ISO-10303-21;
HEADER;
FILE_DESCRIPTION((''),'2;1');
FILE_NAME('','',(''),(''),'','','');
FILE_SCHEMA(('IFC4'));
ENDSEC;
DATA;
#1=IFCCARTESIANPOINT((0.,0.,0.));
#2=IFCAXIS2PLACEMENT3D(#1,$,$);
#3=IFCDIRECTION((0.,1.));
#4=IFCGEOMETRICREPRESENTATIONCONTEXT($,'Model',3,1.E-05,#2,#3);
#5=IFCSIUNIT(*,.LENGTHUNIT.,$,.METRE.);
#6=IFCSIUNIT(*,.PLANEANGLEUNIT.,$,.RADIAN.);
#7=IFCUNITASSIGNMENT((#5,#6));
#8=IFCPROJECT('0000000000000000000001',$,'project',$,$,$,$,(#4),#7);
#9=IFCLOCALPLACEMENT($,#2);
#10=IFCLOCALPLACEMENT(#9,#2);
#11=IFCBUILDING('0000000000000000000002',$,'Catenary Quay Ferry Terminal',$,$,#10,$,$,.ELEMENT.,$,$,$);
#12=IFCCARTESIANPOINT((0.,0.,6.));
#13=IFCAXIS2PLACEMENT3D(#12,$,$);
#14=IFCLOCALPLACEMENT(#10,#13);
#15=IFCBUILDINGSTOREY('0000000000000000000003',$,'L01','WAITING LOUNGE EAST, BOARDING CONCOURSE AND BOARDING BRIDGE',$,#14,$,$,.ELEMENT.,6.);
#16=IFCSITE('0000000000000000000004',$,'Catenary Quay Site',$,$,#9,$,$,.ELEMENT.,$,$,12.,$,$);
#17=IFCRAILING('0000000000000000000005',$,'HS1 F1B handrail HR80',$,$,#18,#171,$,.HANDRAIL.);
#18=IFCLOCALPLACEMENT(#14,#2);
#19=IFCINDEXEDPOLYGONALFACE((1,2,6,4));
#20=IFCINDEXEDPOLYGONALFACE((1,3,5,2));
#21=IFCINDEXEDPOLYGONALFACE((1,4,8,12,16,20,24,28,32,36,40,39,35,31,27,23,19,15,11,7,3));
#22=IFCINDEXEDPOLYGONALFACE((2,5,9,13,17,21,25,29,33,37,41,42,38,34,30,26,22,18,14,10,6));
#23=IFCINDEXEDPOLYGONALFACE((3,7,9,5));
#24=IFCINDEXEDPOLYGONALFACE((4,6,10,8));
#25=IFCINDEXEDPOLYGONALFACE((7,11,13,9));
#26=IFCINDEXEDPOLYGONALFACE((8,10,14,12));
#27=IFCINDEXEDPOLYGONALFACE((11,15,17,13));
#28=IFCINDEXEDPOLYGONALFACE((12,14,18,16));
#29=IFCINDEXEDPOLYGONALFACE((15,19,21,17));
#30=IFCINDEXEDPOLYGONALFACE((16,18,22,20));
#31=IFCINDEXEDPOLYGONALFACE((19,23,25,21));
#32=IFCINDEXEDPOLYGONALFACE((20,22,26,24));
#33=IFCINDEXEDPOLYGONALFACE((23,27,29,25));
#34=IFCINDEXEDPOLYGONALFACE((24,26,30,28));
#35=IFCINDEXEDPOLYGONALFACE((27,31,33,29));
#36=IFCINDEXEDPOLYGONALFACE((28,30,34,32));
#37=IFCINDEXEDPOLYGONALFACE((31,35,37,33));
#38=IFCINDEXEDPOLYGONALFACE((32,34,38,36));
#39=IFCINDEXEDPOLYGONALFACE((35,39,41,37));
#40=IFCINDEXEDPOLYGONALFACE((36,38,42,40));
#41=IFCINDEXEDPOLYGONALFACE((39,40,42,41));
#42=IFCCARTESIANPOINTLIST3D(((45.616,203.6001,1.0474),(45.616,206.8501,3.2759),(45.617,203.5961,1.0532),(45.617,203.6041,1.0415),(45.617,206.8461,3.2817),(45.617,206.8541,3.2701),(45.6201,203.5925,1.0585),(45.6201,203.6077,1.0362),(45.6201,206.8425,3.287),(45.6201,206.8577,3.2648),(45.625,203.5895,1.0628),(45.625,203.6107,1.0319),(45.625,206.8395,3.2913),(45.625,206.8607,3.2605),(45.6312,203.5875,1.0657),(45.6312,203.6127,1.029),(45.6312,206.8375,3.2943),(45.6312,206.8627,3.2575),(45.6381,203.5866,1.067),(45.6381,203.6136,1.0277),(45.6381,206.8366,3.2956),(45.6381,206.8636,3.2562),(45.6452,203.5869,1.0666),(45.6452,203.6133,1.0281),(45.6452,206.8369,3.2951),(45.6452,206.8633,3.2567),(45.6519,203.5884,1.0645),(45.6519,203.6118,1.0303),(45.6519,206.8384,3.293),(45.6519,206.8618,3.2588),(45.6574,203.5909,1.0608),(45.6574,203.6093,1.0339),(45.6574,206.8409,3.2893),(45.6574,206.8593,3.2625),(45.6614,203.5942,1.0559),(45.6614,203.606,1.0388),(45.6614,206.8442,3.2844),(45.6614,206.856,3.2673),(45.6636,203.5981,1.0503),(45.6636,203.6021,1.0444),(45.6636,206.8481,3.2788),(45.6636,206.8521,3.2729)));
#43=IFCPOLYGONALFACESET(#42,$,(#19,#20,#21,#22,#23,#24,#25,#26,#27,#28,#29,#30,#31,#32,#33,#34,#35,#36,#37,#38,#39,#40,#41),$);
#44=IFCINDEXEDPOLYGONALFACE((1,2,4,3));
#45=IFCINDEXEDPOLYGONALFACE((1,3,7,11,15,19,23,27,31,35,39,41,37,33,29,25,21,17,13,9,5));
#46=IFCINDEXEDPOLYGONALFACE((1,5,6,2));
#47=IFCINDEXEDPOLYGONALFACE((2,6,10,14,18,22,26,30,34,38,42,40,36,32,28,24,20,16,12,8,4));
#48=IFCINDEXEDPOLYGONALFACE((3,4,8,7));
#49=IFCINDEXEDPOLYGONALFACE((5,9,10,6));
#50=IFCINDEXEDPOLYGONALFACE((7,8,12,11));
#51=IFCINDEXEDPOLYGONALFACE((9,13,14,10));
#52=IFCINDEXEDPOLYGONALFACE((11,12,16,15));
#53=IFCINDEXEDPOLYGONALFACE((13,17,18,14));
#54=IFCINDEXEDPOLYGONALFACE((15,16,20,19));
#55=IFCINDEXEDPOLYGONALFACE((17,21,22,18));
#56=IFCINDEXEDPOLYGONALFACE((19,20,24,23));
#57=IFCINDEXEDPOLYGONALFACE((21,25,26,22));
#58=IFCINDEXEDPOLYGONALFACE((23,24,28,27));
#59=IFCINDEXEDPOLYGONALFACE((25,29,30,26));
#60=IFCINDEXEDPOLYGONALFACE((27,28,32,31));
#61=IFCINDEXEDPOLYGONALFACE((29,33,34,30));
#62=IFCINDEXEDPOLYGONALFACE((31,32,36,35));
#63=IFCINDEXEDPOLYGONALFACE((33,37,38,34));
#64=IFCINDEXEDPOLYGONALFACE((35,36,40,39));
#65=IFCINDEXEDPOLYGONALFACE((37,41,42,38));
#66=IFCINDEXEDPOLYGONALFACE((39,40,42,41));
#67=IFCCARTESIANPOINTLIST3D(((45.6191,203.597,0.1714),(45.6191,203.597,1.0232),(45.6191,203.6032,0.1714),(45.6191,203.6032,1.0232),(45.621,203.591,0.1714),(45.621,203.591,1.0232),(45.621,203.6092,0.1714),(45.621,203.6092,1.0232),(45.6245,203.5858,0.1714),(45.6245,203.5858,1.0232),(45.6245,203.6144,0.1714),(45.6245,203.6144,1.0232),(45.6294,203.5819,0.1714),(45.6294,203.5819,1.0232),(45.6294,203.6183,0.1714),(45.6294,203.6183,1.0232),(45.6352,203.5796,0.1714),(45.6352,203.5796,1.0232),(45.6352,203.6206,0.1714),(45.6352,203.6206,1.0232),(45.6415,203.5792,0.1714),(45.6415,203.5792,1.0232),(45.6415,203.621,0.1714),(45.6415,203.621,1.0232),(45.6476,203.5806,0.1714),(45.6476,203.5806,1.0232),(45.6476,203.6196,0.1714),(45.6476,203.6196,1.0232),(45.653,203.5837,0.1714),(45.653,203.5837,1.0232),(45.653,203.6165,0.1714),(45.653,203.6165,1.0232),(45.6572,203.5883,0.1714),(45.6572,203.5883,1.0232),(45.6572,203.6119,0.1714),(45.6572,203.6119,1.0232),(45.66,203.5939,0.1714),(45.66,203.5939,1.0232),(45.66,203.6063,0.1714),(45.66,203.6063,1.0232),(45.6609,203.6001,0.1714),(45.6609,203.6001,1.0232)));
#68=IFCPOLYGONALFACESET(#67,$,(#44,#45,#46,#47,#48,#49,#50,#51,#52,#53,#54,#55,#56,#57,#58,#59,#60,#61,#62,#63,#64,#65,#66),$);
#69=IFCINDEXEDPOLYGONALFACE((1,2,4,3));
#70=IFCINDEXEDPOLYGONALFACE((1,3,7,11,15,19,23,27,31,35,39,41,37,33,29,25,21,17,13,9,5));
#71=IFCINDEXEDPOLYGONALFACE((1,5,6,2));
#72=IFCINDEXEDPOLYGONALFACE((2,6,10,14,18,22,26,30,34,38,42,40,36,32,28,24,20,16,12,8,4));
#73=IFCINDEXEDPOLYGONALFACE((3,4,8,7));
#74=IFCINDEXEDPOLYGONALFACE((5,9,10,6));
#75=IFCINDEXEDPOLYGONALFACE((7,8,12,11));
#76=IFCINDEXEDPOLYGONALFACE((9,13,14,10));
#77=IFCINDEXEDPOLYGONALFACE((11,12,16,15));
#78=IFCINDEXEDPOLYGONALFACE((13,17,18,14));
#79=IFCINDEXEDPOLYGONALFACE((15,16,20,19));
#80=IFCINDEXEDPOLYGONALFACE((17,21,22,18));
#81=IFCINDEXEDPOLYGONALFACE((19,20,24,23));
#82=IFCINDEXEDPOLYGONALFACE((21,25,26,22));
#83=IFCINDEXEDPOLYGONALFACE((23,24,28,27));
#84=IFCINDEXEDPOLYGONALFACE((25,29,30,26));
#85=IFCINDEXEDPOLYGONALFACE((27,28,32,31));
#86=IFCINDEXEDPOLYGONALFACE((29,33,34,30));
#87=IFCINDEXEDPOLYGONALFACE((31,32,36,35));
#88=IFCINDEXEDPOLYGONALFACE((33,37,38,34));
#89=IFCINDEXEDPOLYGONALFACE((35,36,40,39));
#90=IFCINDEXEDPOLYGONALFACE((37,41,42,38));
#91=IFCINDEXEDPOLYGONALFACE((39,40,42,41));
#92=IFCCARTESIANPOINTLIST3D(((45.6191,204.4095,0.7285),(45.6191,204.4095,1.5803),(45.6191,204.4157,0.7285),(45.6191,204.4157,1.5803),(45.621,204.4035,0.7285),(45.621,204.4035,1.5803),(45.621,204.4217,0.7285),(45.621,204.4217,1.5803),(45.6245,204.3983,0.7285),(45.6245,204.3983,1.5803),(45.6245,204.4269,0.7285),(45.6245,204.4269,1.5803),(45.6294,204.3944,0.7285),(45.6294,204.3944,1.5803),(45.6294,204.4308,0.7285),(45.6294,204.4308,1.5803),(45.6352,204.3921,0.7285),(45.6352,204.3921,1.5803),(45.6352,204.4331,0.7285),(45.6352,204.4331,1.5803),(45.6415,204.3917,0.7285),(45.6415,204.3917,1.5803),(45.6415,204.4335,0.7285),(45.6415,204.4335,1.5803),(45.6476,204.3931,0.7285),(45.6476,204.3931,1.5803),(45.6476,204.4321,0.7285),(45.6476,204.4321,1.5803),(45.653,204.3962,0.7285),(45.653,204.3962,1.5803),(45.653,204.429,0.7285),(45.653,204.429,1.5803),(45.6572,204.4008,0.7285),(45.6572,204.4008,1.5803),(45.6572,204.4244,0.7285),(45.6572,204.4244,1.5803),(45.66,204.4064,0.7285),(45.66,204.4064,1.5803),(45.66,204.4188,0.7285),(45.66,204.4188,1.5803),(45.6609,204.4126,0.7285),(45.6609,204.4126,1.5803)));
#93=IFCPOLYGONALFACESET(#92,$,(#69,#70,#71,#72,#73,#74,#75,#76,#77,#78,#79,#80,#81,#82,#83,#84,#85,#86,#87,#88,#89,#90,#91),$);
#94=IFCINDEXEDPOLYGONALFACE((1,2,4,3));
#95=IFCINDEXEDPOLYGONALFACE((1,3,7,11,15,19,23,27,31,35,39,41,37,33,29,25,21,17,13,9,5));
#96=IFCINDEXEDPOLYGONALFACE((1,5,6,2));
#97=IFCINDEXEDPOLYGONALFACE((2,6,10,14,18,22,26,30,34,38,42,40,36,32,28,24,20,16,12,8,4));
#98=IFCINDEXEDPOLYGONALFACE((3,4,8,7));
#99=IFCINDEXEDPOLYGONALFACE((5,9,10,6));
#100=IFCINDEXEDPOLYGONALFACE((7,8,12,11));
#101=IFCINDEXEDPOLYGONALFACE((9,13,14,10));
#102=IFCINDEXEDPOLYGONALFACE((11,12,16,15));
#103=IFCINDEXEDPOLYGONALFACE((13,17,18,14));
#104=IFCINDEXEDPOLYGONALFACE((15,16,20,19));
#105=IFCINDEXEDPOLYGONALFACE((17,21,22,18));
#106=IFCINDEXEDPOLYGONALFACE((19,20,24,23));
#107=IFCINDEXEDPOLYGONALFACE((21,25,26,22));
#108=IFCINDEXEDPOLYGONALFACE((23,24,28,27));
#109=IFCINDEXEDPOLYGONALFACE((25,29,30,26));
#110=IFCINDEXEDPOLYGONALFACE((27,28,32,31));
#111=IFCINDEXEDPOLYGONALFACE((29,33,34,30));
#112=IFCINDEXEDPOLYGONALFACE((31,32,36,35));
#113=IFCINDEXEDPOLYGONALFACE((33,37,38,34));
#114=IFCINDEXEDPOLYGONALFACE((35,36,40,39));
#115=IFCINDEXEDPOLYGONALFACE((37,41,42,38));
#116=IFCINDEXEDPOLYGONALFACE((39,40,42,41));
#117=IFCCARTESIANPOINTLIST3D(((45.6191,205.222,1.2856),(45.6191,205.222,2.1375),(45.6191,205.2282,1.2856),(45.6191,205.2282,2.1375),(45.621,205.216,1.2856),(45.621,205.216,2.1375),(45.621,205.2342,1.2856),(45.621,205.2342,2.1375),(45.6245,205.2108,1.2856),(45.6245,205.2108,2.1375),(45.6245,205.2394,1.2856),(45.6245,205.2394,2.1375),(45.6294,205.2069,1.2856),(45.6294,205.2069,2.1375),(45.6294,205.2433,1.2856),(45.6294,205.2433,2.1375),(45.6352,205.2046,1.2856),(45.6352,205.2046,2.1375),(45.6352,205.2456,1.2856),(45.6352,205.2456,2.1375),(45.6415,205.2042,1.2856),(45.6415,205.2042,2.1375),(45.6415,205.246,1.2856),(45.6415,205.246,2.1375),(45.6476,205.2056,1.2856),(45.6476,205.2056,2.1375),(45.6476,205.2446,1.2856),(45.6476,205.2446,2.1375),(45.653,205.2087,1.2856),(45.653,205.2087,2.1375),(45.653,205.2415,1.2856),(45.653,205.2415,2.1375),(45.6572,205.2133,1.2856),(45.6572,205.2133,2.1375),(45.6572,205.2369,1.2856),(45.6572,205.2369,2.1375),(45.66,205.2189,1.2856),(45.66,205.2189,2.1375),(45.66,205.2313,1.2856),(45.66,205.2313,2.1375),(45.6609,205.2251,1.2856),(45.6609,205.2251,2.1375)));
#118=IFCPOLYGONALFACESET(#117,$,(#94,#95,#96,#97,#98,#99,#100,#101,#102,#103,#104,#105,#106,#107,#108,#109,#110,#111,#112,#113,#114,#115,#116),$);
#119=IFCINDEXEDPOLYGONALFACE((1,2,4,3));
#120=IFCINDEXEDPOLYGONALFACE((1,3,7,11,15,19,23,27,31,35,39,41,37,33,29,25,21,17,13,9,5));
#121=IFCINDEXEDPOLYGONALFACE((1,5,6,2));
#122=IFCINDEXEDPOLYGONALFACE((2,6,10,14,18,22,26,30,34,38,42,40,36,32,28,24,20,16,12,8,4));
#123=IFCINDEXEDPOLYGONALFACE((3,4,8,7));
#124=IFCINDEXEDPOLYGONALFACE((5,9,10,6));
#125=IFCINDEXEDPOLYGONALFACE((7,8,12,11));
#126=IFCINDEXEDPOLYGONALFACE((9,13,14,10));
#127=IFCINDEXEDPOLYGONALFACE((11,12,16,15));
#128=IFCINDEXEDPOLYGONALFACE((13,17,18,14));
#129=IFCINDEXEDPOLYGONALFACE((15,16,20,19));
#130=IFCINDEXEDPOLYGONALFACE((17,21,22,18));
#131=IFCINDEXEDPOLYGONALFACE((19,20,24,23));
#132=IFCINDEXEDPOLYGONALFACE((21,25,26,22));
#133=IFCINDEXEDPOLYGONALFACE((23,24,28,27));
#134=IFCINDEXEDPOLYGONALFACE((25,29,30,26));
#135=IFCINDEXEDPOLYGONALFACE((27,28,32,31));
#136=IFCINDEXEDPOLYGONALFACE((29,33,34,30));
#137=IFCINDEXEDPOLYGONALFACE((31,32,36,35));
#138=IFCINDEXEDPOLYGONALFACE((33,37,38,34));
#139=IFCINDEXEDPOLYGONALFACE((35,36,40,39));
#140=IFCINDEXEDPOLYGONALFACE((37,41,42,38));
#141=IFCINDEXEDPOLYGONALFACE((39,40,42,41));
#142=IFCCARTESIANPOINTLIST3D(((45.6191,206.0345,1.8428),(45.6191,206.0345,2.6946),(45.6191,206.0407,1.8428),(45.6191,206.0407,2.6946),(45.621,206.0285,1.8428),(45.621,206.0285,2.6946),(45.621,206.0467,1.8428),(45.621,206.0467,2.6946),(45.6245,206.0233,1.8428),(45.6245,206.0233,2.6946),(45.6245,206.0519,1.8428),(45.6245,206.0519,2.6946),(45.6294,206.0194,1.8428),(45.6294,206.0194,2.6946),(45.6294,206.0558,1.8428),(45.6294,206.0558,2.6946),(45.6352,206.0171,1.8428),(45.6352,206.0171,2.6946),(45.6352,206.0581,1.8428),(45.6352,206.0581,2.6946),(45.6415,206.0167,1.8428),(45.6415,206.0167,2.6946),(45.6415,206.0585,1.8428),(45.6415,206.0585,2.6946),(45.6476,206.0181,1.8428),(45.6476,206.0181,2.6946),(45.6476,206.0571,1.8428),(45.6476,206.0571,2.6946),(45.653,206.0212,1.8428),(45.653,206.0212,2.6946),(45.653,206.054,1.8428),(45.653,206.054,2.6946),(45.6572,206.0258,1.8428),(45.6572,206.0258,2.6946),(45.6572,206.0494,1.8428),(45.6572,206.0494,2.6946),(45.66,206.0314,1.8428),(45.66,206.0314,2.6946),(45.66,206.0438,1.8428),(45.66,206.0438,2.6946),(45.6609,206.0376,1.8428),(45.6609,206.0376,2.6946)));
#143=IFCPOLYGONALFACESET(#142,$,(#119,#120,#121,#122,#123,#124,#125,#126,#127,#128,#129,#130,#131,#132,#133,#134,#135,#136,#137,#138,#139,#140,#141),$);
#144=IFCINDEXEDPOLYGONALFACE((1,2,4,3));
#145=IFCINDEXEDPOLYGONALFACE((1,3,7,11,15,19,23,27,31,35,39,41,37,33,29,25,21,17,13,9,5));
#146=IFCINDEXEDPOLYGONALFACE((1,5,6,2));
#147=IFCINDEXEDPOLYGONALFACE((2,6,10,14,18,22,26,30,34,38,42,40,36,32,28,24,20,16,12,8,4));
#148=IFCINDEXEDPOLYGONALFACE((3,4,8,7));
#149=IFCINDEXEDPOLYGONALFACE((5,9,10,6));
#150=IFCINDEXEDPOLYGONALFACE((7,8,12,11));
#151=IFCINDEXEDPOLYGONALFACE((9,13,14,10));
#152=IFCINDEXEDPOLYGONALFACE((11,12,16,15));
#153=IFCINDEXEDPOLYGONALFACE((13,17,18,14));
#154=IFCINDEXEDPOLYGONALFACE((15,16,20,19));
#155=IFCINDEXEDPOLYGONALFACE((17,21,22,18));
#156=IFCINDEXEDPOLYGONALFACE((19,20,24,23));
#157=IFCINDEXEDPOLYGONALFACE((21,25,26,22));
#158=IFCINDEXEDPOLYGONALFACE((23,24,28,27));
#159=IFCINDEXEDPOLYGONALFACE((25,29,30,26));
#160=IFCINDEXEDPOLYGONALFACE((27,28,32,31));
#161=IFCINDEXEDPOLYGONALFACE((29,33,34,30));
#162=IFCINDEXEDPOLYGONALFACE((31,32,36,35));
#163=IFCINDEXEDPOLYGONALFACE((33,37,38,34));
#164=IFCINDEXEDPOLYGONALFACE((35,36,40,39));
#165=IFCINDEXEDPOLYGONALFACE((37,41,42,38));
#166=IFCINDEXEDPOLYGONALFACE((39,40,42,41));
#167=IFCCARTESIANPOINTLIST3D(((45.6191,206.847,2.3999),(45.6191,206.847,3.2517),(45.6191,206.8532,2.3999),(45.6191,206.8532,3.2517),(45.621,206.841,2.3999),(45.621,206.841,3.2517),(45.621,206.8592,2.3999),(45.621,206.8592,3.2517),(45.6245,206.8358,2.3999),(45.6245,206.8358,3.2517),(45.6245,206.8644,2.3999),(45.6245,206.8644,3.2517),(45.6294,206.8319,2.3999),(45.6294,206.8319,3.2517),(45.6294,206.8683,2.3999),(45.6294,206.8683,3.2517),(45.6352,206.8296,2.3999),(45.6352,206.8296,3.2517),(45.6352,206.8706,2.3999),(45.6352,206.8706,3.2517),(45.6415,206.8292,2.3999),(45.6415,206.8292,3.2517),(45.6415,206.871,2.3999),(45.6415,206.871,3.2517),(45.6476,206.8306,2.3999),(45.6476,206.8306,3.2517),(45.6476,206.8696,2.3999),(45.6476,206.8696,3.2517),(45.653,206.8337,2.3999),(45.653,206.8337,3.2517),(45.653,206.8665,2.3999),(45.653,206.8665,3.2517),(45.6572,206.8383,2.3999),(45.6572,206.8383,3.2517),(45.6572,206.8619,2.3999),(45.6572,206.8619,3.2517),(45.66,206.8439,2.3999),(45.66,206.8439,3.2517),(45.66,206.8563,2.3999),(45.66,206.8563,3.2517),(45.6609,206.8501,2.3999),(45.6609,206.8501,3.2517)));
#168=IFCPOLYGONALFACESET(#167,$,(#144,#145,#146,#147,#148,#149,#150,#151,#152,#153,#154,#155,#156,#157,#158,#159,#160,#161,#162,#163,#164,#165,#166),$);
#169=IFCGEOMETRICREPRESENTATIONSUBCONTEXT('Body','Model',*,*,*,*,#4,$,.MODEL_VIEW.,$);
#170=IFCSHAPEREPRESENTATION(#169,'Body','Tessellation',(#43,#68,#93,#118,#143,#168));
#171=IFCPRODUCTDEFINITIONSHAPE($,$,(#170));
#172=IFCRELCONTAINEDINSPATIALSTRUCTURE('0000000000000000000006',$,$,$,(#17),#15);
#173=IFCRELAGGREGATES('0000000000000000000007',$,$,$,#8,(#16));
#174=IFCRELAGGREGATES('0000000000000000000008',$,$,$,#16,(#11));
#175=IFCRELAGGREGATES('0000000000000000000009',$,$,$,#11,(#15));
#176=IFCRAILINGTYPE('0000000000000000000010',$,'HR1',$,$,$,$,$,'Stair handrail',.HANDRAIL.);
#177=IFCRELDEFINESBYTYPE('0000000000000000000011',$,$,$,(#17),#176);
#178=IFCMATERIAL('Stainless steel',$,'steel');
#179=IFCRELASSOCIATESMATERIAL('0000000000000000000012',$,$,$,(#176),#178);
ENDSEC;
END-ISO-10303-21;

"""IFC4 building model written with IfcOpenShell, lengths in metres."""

from ifc_helpers import new_model, si_unit, direction, frame, origin, origin_2d, place, context, subcontext, project, spatial, circle, extrude, material, type_object, element, save


model = new_model("IFC4")

# Units and contexts
model_context = context("Model", 3, precision=1e-05, world=origin(), true_north=direction((0.0, 1.0)))
body_context = subcontext(model_context, "Body", "Model", "MODEL_VIEW")
ifc_project = project(units=[si_unit("LENGTHUNIT", "METRE"), si_unit("PLANEANGLEUNIT", "RADIAN")], contexts=[model_context])

# Site, building, storey
site_placement = place(None, origin())
site = spatial("IfcSite", under=ifc_project, at=site_placement, Name="Catenary Quay Site", CompositionType="ELEMENT", RefElevation=12.0)
building_placement = place(site_placement, origin())
building = spatial("IfcBuilding", under=site, at=building_placement, Name="Catenary Quay Ferry Terminal", CompositionType="ELEMENT")
storey_placement = place(building_placement, frame((0.0, 0.0, 6.0)))
storey = spatial("IfcBuildingStorey", under=building, at=storey_placement, Name="L01", Description="WAITING LOUNGE EAST, BOARDING CONCOURSE AND BOARDING BRIDGE", CompositionType="ELEMENT", Elevation=6.0)

# Railing
ifc_material_1 = material(Name="Stainless steel", Category="steel")
railing_type_1 = type_object("IfcRailingType", Name="HR1", ElementType="Stair handrail", PredefinedType="HANDRAIL", material=ifc_material_1)
for number, where, name in (
    (1, (45.6399, 203.6001, 0.1714), "HS1 F1B handrail HR80"),
):
    element("IfcRailing", number, at=place(storey_placement, frame(where)), inside=storey, type_object=railing_type_1, Name=name, PredefinedType="HANDRAIL", context=body_context, shape_type="SweptSolid", body=[
        extrude(circle(Radius=0.0239, at=origin_2d()), frame((0.0, 0.0, 0.876), z_axis=(0.0, 0.824735, 0.565519), x_axis=(-1.0, 0.0, 0.0)), (0.0, 0.0, 1.0), 3.9407),
        extrude(circle(Radius=0.021, at=origin_2d()), origin(), (0.0, 0.0, 1.0), 0.8518),
        extrude(circle(Radius=0.021, at=origin_2d()), frame((0.0, 0.8125, 0.5571)), (0.0, 0.0, 1.0), 0.8518),
        extrude(circle(Radius=0.021, at=origin_2d()), frame((0.0, 1.625, 1.1143)), (0.0, 0.0, 1.0), 0.8518),
        extrude(circle(Radius=0.021, at=origin_2d()), frame((0.0, 2.4375, 1.6714)), (0.0, 0.0, 1.0), 0.8518),
        extrude(circle(Radius=0.021, at=origin_2d()), frame((0.0, 3.25, 2.2285)), (0.0, 0.0, 1.0), 0.8518),
    ])

save(model, "model.ifc")
